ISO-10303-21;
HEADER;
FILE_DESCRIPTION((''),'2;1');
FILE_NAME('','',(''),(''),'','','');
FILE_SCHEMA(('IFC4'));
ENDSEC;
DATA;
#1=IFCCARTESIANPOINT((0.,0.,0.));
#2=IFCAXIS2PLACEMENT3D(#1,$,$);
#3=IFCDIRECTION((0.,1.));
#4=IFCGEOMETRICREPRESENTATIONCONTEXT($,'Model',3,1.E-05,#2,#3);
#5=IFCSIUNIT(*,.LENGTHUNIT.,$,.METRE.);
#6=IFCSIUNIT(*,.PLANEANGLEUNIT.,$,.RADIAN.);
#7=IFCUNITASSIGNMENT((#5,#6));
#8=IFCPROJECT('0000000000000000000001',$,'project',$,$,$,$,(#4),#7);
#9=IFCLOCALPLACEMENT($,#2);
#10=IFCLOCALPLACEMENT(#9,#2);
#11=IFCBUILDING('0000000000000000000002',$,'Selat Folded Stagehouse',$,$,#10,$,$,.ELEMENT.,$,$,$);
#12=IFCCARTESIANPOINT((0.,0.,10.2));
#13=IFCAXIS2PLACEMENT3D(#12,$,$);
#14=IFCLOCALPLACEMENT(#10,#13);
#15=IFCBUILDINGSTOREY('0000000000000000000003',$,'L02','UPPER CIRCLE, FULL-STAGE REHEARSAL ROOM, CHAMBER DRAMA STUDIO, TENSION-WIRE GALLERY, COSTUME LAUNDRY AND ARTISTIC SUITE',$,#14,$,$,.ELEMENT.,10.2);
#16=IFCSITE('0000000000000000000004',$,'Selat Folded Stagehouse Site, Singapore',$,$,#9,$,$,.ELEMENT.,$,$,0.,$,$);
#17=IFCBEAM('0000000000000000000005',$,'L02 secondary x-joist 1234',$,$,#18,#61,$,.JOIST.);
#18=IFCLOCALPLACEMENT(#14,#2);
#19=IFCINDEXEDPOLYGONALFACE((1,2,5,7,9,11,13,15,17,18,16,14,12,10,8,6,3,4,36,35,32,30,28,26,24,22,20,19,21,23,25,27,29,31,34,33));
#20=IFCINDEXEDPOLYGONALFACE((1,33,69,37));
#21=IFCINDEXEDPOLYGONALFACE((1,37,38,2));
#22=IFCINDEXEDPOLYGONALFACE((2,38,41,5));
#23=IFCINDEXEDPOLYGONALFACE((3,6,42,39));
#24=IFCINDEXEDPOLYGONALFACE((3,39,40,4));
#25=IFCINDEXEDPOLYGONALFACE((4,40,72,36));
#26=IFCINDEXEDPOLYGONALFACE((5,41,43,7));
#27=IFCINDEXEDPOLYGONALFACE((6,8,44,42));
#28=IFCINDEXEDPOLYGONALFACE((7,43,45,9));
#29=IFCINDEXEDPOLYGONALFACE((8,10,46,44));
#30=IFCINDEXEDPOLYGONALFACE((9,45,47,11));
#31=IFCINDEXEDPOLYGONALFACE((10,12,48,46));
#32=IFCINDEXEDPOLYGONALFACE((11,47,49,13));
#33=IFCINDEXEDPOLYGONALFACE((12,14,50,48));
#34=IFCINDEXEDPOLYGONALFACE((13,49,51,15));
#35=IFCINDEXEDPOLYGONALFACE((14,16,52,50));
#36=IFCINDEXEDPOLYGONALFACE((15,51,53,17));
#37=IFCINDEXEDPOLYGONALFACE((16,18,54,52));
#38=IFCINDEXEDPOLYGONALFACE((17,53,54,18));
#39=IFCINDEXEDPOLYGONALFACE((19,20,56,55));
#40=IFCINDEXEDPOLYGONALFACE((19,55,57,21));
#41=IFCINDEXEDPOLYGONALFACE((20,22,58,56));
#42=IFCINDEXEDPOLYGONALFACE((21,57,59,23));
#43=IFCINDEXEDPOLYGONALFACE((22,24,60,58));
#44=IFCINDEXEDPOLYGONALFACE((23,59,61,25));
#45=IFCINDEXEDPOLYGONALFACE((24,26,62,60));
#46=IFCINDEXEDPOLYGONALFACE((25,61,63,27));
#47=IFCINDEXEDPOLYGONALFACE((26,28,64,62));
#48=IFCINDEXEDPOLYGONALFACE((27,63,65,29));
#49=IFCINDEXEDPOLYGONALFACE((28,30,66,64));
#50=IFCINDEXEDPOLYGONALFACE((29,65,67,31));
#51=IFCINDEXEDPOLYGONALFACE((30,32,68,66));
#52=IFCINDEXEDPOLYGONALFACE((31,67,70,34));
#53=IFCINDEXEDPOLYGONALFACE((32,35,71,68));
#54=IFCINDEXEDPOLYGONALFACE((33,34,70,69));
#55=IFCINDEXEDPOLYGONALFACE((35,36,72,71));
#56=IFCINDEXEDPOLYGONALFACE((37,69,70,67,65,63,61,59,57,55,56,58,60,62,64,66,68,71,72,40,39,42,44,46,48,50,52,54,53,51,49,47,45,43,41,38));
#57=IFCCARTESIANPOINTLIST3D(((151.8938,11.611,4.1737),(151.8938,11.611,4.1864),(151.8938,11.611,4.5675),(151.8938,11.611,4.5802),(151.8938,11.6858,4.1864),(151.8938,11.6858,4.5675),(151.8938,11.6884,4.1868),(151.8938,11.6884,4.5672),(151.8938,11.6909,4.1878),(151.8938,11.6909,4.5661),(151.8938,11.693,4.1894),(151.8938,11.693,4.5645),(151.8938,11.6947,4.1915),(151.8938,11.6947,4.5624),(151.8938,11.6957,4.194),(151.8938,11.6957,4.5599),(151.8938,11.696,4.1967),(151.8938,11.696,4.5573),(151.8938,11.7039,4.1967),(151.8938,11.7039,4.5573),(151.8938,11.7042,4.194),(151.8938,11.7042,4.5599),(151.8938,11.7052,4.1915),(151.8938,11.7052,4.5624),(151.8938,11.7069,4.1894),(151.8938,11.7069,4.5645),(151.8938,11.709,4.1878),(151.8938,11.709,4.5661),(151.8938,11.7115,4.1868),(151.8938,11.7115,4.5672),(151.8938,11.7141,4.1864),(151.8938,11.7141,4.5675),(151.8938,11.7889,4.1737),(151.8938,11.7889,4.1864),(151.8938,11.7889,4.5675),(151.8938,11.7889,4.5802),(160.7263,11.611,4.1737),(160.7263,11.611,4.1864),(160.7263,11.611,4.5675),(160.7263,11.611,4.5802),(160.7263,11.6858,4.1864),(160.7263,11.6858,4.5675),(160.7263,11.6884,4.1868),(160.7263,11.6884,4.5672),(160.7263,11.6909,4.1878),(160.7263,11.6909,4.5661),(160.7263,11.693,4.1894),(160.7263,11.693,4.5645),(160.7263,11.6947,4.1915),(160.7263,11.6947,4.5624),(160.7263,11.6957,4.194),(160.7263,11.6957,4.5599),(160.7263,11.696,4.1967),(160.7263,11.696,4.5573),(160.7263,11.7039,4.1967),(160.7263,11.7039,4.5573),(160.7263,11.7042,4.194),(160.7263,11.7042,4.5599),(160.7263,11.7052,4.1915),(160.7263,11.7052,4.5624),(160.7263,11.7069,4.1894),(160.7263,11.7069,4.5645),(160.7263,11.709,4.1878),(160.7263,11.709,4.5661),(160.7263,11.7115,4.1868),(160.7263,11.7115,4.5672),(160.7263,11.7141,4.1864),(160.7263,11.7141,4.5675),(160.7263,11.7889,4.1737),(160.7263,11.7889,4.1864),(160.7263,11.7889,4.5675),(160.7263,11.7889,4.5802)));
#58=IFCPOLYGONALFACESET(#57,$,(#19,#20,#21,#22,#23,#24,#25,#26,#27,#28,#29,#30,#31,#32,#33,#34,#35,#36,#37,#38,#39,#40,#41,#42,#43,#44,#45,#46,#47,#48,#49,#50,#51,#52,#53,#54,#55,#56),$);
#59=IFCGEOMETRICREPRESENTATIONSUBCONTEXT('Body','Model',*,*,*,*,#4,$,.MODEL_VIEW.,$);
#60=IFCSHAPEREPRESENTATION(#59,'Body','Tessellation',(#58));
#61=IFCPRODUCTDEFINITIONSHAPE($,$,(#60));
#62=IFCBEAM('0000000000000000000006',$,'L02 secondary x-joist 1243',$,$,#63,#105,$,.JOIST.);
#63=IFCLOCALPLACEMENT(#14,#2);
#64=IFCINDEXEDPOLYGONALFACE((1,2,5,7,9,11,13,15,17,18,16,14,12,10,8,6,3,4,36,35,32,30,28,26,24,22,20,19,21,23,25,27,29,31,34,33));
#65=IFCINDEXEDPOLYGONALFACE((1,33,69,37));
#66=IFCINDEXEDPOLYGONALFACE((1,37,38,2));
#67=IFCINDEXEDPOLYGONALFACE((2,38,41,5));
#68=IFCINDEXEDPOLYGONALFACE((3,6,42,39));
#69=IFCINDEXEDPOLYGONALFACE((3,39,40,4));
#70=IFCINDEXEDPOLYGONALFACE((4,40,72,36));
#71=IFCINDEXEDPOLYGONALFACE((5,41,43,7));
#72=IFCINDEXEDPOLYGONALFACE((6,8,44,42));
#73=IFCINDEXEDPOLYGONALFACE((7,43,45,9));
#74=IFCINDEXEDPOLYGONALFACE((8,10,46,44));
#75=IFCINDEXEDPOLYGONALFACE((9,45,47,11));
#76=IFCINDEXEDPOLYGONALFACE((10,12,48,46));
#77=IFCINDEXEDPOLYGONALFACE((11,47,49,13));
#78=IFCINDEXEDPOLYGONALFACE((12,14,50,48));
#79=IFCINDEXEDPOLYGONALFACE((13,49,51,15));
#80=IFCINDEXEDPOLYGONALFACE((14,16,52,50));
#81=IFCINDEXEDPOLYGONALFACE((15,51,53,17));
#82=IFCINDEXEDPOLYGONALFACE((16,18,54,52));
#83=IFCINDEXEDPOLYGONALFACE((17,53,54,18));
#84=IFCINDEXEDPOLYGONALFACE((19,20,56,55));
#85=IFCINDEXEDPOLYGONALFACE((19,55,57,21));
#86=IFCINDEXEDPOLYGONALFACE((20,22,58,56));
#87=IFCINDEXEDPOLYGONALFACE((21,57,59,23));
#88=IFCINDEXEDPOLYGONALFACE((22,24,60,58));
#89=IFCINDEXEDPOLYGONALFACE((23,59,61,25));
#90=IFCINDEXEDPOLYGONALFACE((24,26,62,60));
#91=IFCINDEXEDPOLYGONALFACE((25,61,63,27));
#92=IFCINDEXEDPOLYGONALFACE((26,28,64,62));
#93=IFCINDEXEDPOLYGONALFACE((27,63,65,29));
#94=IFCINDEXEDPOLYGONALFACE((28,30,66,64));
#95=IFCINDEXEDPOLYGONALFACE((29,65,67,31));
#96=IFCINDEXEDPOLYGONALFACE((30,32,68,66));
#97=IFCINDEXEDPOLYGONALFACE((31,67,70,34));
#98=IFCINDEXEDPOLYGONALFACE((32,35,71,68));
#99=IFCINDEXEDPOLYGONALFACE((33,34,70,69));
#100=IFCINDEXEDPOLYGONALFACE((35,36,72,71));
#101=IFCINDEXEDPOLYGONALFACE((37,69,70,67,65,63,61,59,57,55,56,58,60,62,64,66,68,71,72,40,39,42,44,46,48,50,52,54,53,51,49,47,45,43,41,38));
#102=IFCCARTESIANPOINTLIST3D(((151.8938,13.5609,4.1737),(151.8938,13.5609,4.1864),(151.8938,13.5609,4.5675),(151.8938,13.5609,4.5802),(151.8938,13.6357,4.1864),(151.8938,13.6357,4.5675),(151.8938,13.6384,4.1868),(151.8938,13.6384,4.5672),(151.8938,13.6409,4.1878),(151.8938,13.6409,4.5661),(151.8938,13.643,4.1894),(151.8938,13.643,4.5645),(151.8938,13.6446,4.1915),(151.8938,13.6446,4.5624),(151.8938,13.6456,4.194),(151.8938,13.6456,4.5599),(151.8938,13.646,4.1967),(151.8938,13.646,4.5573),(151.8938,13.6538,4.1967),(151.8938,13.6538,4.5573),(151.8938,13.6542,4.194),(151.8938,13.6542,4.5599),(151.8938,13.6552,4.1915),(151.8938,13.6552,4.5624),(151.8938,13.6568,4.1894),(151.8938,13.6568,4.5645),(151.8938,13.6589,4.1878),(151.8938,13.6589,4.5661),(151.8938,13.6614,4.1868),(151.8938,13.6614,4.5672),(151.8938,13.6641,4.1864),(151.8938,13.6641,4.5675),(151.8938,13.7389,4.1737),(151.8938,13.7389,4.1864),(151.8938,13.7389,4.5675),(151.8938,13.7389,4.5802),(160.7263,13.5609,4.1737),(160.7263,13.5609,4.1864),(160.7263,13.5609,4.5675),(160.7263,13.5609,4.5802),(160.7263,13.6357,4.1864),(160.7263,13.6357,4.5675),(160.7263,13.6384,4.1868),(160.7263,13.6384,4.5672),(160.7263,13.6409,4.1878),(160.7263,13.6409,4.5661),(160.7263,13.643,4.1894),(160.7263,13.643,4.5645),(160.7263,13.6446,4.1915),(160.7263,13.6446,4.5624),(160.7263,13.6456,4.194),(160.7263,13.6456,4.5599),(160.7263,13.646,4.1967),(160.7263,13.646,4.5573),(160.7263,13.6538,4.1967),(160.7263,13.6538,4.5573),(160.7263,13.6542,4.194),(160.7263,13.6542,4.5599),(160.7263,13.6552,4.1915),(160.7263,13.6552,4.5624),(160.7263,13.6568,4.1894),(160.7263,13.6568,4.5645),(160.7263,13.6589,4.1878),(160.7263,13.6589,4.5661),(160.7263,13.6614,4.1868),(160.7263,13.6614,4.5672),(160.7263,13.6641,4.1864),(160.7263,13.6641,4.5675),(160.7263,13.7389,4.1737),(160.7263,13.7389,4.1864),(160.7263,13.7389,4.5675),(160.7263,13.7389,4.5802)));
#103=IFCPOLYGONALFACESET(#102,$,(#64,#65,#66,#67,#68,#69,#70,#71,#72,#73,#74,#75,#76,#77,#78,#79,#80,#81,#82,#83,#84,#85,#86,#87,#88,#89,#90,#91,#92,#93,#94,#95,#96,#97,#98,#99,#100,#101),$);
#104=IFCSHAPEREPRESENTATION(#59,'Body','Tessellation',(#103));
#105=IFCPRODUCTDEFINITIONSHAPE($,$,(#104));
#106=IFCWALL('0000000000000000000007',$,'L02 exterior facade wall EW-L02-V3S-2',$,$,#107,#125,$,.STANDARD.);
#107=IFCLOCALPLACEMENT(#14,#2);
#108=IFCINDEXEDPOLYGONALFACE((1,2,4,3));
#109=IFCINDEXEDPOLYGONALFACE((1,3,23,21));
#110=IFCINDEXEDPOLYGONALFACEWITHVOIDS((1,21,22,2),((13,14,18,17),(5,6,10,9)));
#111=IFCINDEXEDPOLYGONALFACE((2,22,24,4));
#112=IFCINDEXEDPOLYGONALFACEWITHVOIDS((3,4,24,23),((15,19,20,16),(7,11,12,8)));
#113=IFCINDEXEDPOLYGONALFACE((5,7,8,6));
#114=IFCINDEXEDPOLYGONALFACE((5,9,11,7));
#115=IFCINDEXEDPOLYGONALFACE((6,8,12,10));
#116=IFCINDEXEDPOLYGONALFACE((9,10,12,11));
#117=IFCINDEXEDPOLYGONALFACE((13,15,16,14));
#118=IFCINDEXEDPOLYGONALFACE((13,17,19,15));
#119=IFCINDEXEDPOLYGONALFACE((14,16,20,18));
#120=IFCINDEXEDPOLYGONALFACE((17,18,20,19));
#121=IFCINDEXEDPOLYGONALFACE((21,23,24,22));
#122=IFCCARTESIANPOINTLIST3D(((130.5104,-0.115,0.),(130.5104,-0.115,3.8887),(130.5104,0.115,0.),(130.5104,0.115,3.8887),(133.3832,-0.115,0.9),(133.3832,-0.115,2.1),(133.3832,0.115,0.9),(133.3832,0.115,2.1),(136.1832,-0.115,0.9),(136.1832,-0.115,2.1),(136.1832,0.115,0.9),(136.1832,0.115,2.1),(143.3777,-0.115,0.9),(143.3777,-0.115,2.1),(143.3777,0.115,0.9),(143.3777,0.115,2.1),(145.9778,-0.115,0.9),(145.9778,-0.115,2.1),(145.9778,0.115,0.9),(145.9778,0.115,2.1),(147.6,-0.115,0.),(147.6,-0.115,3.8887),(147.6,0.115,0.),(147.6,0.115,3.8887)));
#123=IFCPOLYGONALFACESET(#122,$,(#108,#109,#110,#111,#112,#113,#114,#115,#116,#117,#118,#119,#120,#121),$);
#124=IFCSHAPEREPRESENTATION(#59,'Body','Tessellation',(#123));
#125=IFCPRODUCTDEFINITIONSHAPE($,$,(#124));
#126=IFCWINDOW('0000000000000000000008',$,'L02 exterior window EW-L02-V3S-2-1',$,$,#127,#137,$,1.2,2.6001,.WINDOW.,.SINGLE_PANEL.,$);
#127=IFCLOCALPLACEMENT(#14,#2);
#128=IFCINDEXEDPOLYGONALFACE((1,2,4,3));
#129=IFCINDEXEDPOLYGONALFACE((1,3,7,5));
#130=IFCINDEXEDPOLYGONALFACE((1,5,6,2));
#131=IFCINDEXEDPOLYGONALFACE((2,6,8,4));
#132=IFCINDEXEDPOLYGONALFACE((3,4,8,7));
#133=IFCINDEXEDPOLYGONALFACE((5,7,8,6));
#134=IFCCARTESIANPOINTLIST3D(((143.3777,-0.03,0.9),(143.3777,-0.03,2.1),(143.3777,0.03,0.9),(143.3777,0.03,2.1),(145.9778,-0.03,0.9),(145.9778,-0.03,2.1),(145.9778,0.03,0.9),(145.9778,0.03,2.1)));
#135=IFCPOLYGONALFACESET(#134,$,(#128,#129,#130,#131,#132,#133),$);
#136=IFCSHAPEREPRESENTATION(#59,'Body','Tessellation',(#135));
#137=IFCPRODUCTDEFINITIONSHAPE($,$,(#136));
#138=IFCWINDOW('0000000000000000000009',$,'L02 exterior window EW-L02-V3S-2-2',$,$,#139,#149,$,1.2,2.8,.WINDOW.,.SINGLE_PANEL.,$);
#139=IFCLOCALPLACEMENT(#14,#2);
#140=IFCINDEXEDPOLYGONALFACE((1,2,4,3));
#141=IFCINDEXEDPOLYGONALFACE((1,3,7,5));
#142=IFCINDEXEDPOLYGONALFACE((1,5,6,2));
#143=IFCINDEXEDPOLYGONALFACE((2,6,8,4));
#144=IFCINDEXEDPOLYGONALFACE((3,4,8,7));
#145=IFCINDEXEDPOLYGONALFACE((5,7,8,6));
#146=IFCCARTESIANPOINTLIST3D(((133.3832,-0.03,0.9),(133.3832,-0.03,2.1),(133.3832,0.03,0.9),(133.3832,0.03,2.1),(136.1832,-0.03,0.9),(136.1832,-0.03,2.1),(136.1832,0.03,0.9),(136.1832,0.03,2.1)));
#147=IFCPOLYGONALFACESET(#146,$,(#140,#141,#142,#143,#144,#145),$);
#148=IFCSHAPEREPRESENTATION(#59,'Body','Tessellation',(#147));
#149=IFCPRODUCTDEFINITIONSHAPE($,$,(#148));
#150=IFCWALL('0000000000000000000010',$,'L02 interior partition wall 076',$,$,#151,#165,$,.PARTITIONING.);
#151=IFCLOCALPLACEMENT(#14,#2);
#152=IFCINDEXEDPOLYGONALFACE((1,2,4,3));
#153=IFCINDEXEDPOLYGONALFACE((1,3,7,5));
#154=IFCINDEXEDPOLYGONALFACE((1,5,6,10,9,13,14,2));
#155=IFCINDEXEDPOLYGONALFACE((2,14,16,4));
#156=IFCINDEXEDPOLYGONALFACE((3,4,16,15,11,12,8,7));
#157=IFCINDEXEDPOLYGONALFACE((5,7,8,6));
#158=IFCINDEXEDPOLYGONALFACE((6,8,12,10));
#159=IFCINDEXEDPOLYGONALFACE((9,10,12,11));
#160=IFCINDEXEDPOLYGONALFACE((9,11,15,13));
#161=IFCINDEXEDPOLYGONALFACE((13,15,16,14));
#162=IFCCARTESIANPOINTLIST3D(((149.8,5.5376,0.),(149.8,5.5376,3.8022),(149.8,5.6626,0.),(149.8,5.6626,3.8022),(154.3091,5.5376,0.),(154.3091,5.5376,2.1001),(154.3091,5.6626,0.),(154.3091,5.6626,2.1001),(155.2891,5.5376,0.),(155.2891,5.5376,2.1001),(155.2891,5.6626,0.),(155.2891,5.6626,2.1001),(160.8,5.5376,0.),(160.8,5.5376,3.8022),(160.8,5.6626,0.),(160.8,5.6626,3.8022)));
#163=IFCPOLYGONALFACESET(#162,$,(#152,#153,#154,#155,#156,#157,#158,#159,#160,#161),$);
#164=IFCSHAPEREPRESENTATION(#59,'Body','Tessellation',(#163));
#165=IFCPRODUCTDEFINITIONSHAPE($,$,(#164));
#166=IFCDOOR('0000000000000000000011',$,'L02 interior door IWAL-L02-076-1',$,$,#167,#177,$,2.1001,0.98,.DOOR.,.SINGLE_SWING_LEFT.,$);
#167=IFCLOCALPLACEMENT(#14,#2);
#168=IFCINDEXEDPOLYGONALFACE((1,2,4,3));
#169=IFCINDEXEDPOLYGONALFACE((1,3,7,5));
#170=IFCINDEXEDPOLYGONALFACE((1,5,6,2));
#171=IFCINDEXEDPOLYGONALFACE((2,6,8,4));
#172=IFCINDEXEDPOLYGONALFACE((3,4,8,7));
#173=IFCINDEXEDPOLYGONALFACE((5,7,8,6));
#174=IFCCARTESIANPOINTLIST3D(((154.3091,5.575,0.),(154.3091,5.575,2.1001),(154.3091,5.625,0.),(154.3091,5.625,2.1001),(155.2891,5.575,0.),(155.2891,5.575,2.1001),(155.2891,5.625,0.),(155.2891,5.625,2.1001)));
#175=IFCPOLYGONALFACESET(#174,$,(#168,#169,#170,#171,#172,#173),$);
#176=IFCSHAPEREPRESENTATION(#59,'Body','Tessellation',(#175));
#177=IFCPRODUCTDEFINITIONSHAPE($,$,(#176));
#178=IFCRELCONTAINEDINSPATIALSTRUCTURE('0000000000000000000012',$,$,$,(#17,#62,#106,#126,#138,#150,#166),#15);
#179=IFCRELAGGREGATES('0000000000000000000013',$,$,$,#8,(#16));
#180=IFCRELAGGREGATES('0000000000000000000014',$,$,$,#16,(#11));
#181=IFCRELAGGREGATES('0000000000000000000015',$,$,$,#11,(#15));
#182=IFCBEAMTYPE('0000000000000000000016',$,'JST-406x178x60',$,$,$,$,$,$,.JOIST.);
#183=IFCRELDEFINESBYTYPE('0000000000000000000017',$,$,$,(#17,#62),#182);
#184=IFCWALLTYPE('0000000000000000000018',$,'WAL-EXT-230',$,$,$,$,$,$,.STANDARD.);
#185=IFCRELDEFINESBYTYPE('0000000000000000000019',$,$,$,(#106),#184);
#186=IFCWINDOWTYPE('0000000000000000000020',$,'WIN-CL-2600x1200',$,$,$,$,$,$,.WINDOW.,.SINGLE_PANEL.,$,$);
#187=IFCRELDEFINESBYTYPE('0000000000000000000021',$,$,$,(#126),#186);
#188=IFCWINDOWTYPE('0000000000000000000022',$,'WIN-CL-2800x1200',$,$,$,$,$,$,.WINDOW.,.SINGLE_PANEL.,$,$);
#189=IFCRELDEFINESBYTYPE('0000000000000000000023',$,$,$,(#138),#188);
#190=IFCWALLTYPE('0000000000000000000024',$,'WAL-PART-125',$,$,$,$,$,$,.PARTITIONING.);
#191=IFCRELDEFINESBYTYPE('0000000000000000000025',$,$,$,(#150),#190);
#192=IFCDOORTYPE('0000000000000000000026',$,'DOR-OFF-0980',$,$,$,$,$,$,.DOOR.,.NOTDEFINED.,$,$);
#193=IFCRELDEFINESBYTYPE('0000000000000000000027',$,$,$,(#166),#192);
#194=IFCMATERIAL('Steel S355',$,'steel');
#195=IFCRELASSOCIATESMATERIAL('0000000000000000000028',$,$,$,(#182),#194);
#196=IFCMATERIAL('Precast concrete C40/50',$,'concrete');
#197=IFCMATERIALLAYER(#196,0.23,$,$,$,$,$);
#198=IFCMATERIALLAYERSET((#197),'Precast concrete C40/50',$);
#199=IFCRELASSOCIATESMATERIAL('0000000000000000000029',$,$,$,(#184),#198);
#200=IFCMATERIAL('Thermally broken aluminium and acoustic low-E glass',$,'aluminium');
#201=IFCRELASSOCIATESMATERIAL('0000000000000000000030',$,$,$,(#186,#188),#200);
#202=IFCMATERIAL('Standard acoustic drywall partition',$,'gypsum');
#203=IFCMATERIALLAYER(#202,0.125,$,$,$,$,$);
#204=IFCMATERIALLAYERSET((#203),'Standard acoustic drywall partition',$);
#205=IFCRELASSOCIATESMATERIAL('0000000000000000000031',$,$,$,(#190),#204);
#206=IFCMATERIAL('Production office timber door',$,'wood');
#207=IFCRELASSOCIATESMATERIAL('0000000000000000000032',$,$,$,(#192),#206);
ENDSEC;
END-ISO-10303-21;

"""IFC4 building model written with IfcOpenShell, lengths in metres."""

from ifc_helpers import new_model, si_unit, direction, frame, frame_2d, origin, origin_2d, place, context, subcontext, project, spatial, rectangle, i_section, extrude, material, layer, layer_set, material_profile, profile_set, type_object, element, fill, save


model = new_model("IFC4")

# Units and contexts
model_context = context("Model", 3, precision=1e-05, world=origin(), true_north=direction((0.0, 1.0)))
body_context = subcontext(model_context, "Body", "Model", "MODEL_VIEW")
ifc_project = project(units=[si_unit("LENGTHUNIT", "METRE"), si_unit("PLANEANGLEUNIT", "RADIAN")], contexts=[model_context])

# Site, building, storey
site_placement = place(None, origin())
site = spatial("IfcSite", under=ifc_project, at=site_placement, Name="Selat Folded Stagehouse Site, Singapore", CompositionType="ELEMENT", RefElevation=0.0)
building_placement = place(site_placement, origin())
building = spatial("IfcBuilding", under=site, at=building_placement, Name="Selat Folded Stagehouse", CompositionType="ELEMENT")
storey_placement = place(building_placement, frame((0.0, 0.0, 10.2)))
storey = spatial("IfcBuildingStorey", under=building, at=storey_placement, Name="L02", Description="UPPER CIRCLE, FULL-STAGE REHEARSAL ROOM, CHAMBER DRAMA STUDIO, TENSION-WIRE GALLERY, COSTUME LAUNDRY AND ARTISTIC SUITE", CompositionType="ELEMENT", Elevation=10.2)

# Shared definitions
ifc_material_1 = material(Name="Steel S355", Category="steel")

# Beams
ifc_material_profile_1 = material_profile(ifc_material_1, i_section(OverallWidth=0.178, OverallDepth=0.4065, WebThickness=0.0078, FlangeThickness=0.0127, FilletRadius=0.0103, at=origin_2d()), Name="UKB 406x178x60")
ifc_profile_set_1 = profile_set([ifc_material_profile_1], Name="Steel S355")
beam_type_1 = type_object("IfcBeamType", Name="JST-406x178x60", PredefinedType="JOIST", material=ifc_profile_set_1)
for number, where, z_axis, x_axis, name in (
    (1, (151.8938, 11.7, 4.377), (1.0, 0.0, 0.0), (0.0, 1.0, 0.0), "L02 secondary x-joist 1234"),
    (2, (151.8938, 13.6499, 4.377), (1.0, 0.0, 0.0), (0.0, 1.0, 0.0), "L02 secondary x-joist 1243"),
):
    element("IfcBeam", number, at=place(storey_placement, frame(where, z_axis=z_axis, x_axis=x_axis)), inside=storey, type_object=beam_type_1, Name=name, PredefinedType="JOIST", context=body_context, shape_type="SweptSolid", body=[
        extrude(i_section(OverallWidth=0.178, OverallDepth=0.4065, WebThickness=0.0078, FlangeThickness=0.0127, FilletRadius=0.0103, at=origin_2d()), origin(), (0.0, 0.0, 1.0), 8.8325),
    ])

# Wall, openings, windows
ifc_material_2 = material(Name="Precast concrete C40/50", Category="concrete")
ifc_layer_1 = layer(ifc_material_2, 0.23)
ifc_layer_set_1 = layer_set([ifc_layer_1], Name="Precast concrete C40/50")
wall_type_1 = type_object("IfcWallType", Name="WAL-EXT-230", PredefinedType="STANDARD", material=ifc_layer_set_1)
wall_1_placement = place(storey_placement, frame((147.6001, 0.0, 0.0), z_axis=(0.0, 0.0, 1.0), x_axis=(-1.0, 0.0, 0.0)))
wall_1 = element("IfcWall", 3, at=wall_1_placement, inside=storey, type_object=wall_type_1, Name="L02 exterior facade wall EW-L02-V3S-2", PredefinedType="STANDARD", context=body_context, shape_type="SweptSolid", body=[
    extrude(rectangle(XDim=17.0896, YDim=0.23, at=frame_2d((8.5449, 0.0))), origin(), (0.0, 0.0, 1.0), 3.8887),
])
opening_1_placement = place(wall_1_placement, frame((1.6223, 0.0, 0.8999)))
opening_1 = element("IfcOpeningElement", 4, at=opening_1_placement, cuts=wall_1, PredefinedType="OPENING", context=body_context, shape_type="SweptSolid", body=[
    extrude(rectangle(XDim=2.6001, YDim=1.2, at=frame_2d((1.3, 0.6001))), frame((0.0, 0.125, 0.0), z_axis=(0.0, -1.0, 0.0), x_axis=(1.0, 0.0, 0.0)), (0.0, 0.0, 1.0), 0.25),
])
opening_2_placement = place(wall_1_placement, frame((11.417, 0.0, 0.8999)))
opening_2 = element("IfcOpeningElement", 5, at=opening_2_placement, cuts=wall_1, PredefinedType="OPENING", context=body_context, shape_type="SweptSolid", body=[
    extrude(rectangle(XDim=2.8, YDim=1.2, at=frame_2d((1.3999, 0.6001))), frame((0.0, 0.125, 0.0), z_axis=(0.0, -1.0, 0.0), x_axis=(1.0, 0.0, 0.0)), (0.0, 0.0, 1.0), 0.25),
])
ifc_material_3 = material(Name="Thermally broken aluminium and acoustic low-E glass", Category="aluminium")
window_type_1 = type_object("IfcWindowType", Name="WIN-CL-2600x1200", PartitioningType="SINGLE_PANEL", PredefinedType="WINDOW", material=ifc_material_3)
window_1_placement = place(opening_1_placement, origin())
window_1 = element("IfcWindow", 6, at=window_1_placement, inside=storey, type_object=window_type_1, Name="L02 exterior window EW-L02-V3S-2-1", OverallHeight=1.2, OverallWidth=2.6001, PartitioningType="SINGLE_PANEL", PredefinedType="WINDOW", context=body_context, shape_type="SweptSolid", body=[
    extrude(rectangle(XDim=2.6001, YDim=1.2, at=frame_2d((1.3, 0.6001))), frame((0.0, 0.03, 0.0), z_axis=(0.0, -1.0, 0.0), x_axis=(1.0, 0.0, 0.0)), (0.0, 0.0, 1.0), 0.0601),
])
fill(opening_1, window_1)
window_type_2 = type_object("IfcWindowType", Name="WIN-CL-2800x1200", PartitioningType="SINGLE_PANEL", PredefinedType="WINDOW", material=ifc_material_3)
window_2_placement = place(opening_2_placement, origin())
window_2 = element("IfcWindow", 7, at=window_2_placement, inside=storey, type_object=window_type_2, Name="L02 exterior window EW-L02-V3S-2-2", OverallHeight=1.2, OverallWidth=2.8, PartitioningType="SINGLE_PANEL", PredefinedType="WINDOW", context=body_context, shape_type="SweptSolid", body=[
    extrude(rectangle(XDim=2.8, YDim=1.2, at=frame_2d((1.3999, 0.6001))), frame((0.0, 0.03, 0.0), z_axis=(0.0, -1.0, 0.0), x_axis=(1.0, 0.0, 0.0)), (0.0, 0.0, 1.0), 0.0601),
])
fill(opening_2, window_2)

# Wall, opening, door
ifc_material_4 = material(Name="Standard acoustic drywall partition", Category="gypsum")
ifc_layer_2 = layer(ifc_material_4, 0.125)
ifc_layer_set_2 = layer_set([ifc_layer_2], Name="Standard acoustic drywall partition")
wall_type_2 = type_object("IfcWallType", Name="WAL-PART-125", PredefinedType="PARTITIONING", material=ifc_layer_set_2)
wall_2_placement = place(storey_placement, frame((149.8, 5.6001, 0.0), z_axis=(0.0, 0.0, 1.0), x_axis=(1.0, 0.0, 0.0)))
wall_2 = element("IfcWall", 8, at=wall_2_placement, inside=storey, type_object=wall_type_2, Name="L02 interior partition wall 076", PredefinedType="PARTITIONING", context=body_context, shape_type="SweptSolid", body=[
    extrude(rectangle(XDim=11.0, YDim=0.125, at=frame_2d((5.5, 0.0))), origin(), (0.0, 0.0, 1.0), 3.8022),
])
opening_3_placement = place(wall_2_placement, frame((4.509, 0.0, 0.0)))
opening_3 = element("IfcOpeningElement", 9, at=opening_3_placement, cuts=wall_2, PredefinedType="OPENING", context=body_context, shape_type="SweptSolid", body=[
    extrude(rectangle(XDim=0.98, YDim=2.1001, at=frame_2d((0.49, 1.05))), frame((0.0, 0.0725, 0.0), z_axis=(0.0, -1.0, 0.0), x_axis=(1.0, 0.0, 0.0)), (0.0, 0.0, 1.0), 0.145),
])
ifc_material_5 = material(Name="Production office timber door", Category="wood")
door_type = type_object("IfcDoorType", Name="DOR-OFF-0980", OperationType="NOTDEFINED", PredefinedType="DOOR", material=ifc_material_5)
door_placement = place(opening_3_placement, origin())
door = element("IfcDoor", 10, at=door_placement, inside=storey, type_object=door_type, Name="L02 interior door IWAL-L02-076-1", OperationType="SINGLE_SWING_LEFT", OverallHeight=2.1001, OverallWidth=0.98, PredefinedType="DOOR", context=body_context, shape_type="SweptSolid", body=[
    extrude(rectangle(XDim=0.98, YDim=2.1001, at=frame_2d((0.49, 1.05))), frame((0.0, 0.0249, 0.0), z_axis=(0.0, -1.0, 0.0), x_axis=(1.0, 0.0, 0.0)), (0.0, 0.0, 1.0), 0.05),
])
fill(opening_3, door)

save(model, "model.ifc")
